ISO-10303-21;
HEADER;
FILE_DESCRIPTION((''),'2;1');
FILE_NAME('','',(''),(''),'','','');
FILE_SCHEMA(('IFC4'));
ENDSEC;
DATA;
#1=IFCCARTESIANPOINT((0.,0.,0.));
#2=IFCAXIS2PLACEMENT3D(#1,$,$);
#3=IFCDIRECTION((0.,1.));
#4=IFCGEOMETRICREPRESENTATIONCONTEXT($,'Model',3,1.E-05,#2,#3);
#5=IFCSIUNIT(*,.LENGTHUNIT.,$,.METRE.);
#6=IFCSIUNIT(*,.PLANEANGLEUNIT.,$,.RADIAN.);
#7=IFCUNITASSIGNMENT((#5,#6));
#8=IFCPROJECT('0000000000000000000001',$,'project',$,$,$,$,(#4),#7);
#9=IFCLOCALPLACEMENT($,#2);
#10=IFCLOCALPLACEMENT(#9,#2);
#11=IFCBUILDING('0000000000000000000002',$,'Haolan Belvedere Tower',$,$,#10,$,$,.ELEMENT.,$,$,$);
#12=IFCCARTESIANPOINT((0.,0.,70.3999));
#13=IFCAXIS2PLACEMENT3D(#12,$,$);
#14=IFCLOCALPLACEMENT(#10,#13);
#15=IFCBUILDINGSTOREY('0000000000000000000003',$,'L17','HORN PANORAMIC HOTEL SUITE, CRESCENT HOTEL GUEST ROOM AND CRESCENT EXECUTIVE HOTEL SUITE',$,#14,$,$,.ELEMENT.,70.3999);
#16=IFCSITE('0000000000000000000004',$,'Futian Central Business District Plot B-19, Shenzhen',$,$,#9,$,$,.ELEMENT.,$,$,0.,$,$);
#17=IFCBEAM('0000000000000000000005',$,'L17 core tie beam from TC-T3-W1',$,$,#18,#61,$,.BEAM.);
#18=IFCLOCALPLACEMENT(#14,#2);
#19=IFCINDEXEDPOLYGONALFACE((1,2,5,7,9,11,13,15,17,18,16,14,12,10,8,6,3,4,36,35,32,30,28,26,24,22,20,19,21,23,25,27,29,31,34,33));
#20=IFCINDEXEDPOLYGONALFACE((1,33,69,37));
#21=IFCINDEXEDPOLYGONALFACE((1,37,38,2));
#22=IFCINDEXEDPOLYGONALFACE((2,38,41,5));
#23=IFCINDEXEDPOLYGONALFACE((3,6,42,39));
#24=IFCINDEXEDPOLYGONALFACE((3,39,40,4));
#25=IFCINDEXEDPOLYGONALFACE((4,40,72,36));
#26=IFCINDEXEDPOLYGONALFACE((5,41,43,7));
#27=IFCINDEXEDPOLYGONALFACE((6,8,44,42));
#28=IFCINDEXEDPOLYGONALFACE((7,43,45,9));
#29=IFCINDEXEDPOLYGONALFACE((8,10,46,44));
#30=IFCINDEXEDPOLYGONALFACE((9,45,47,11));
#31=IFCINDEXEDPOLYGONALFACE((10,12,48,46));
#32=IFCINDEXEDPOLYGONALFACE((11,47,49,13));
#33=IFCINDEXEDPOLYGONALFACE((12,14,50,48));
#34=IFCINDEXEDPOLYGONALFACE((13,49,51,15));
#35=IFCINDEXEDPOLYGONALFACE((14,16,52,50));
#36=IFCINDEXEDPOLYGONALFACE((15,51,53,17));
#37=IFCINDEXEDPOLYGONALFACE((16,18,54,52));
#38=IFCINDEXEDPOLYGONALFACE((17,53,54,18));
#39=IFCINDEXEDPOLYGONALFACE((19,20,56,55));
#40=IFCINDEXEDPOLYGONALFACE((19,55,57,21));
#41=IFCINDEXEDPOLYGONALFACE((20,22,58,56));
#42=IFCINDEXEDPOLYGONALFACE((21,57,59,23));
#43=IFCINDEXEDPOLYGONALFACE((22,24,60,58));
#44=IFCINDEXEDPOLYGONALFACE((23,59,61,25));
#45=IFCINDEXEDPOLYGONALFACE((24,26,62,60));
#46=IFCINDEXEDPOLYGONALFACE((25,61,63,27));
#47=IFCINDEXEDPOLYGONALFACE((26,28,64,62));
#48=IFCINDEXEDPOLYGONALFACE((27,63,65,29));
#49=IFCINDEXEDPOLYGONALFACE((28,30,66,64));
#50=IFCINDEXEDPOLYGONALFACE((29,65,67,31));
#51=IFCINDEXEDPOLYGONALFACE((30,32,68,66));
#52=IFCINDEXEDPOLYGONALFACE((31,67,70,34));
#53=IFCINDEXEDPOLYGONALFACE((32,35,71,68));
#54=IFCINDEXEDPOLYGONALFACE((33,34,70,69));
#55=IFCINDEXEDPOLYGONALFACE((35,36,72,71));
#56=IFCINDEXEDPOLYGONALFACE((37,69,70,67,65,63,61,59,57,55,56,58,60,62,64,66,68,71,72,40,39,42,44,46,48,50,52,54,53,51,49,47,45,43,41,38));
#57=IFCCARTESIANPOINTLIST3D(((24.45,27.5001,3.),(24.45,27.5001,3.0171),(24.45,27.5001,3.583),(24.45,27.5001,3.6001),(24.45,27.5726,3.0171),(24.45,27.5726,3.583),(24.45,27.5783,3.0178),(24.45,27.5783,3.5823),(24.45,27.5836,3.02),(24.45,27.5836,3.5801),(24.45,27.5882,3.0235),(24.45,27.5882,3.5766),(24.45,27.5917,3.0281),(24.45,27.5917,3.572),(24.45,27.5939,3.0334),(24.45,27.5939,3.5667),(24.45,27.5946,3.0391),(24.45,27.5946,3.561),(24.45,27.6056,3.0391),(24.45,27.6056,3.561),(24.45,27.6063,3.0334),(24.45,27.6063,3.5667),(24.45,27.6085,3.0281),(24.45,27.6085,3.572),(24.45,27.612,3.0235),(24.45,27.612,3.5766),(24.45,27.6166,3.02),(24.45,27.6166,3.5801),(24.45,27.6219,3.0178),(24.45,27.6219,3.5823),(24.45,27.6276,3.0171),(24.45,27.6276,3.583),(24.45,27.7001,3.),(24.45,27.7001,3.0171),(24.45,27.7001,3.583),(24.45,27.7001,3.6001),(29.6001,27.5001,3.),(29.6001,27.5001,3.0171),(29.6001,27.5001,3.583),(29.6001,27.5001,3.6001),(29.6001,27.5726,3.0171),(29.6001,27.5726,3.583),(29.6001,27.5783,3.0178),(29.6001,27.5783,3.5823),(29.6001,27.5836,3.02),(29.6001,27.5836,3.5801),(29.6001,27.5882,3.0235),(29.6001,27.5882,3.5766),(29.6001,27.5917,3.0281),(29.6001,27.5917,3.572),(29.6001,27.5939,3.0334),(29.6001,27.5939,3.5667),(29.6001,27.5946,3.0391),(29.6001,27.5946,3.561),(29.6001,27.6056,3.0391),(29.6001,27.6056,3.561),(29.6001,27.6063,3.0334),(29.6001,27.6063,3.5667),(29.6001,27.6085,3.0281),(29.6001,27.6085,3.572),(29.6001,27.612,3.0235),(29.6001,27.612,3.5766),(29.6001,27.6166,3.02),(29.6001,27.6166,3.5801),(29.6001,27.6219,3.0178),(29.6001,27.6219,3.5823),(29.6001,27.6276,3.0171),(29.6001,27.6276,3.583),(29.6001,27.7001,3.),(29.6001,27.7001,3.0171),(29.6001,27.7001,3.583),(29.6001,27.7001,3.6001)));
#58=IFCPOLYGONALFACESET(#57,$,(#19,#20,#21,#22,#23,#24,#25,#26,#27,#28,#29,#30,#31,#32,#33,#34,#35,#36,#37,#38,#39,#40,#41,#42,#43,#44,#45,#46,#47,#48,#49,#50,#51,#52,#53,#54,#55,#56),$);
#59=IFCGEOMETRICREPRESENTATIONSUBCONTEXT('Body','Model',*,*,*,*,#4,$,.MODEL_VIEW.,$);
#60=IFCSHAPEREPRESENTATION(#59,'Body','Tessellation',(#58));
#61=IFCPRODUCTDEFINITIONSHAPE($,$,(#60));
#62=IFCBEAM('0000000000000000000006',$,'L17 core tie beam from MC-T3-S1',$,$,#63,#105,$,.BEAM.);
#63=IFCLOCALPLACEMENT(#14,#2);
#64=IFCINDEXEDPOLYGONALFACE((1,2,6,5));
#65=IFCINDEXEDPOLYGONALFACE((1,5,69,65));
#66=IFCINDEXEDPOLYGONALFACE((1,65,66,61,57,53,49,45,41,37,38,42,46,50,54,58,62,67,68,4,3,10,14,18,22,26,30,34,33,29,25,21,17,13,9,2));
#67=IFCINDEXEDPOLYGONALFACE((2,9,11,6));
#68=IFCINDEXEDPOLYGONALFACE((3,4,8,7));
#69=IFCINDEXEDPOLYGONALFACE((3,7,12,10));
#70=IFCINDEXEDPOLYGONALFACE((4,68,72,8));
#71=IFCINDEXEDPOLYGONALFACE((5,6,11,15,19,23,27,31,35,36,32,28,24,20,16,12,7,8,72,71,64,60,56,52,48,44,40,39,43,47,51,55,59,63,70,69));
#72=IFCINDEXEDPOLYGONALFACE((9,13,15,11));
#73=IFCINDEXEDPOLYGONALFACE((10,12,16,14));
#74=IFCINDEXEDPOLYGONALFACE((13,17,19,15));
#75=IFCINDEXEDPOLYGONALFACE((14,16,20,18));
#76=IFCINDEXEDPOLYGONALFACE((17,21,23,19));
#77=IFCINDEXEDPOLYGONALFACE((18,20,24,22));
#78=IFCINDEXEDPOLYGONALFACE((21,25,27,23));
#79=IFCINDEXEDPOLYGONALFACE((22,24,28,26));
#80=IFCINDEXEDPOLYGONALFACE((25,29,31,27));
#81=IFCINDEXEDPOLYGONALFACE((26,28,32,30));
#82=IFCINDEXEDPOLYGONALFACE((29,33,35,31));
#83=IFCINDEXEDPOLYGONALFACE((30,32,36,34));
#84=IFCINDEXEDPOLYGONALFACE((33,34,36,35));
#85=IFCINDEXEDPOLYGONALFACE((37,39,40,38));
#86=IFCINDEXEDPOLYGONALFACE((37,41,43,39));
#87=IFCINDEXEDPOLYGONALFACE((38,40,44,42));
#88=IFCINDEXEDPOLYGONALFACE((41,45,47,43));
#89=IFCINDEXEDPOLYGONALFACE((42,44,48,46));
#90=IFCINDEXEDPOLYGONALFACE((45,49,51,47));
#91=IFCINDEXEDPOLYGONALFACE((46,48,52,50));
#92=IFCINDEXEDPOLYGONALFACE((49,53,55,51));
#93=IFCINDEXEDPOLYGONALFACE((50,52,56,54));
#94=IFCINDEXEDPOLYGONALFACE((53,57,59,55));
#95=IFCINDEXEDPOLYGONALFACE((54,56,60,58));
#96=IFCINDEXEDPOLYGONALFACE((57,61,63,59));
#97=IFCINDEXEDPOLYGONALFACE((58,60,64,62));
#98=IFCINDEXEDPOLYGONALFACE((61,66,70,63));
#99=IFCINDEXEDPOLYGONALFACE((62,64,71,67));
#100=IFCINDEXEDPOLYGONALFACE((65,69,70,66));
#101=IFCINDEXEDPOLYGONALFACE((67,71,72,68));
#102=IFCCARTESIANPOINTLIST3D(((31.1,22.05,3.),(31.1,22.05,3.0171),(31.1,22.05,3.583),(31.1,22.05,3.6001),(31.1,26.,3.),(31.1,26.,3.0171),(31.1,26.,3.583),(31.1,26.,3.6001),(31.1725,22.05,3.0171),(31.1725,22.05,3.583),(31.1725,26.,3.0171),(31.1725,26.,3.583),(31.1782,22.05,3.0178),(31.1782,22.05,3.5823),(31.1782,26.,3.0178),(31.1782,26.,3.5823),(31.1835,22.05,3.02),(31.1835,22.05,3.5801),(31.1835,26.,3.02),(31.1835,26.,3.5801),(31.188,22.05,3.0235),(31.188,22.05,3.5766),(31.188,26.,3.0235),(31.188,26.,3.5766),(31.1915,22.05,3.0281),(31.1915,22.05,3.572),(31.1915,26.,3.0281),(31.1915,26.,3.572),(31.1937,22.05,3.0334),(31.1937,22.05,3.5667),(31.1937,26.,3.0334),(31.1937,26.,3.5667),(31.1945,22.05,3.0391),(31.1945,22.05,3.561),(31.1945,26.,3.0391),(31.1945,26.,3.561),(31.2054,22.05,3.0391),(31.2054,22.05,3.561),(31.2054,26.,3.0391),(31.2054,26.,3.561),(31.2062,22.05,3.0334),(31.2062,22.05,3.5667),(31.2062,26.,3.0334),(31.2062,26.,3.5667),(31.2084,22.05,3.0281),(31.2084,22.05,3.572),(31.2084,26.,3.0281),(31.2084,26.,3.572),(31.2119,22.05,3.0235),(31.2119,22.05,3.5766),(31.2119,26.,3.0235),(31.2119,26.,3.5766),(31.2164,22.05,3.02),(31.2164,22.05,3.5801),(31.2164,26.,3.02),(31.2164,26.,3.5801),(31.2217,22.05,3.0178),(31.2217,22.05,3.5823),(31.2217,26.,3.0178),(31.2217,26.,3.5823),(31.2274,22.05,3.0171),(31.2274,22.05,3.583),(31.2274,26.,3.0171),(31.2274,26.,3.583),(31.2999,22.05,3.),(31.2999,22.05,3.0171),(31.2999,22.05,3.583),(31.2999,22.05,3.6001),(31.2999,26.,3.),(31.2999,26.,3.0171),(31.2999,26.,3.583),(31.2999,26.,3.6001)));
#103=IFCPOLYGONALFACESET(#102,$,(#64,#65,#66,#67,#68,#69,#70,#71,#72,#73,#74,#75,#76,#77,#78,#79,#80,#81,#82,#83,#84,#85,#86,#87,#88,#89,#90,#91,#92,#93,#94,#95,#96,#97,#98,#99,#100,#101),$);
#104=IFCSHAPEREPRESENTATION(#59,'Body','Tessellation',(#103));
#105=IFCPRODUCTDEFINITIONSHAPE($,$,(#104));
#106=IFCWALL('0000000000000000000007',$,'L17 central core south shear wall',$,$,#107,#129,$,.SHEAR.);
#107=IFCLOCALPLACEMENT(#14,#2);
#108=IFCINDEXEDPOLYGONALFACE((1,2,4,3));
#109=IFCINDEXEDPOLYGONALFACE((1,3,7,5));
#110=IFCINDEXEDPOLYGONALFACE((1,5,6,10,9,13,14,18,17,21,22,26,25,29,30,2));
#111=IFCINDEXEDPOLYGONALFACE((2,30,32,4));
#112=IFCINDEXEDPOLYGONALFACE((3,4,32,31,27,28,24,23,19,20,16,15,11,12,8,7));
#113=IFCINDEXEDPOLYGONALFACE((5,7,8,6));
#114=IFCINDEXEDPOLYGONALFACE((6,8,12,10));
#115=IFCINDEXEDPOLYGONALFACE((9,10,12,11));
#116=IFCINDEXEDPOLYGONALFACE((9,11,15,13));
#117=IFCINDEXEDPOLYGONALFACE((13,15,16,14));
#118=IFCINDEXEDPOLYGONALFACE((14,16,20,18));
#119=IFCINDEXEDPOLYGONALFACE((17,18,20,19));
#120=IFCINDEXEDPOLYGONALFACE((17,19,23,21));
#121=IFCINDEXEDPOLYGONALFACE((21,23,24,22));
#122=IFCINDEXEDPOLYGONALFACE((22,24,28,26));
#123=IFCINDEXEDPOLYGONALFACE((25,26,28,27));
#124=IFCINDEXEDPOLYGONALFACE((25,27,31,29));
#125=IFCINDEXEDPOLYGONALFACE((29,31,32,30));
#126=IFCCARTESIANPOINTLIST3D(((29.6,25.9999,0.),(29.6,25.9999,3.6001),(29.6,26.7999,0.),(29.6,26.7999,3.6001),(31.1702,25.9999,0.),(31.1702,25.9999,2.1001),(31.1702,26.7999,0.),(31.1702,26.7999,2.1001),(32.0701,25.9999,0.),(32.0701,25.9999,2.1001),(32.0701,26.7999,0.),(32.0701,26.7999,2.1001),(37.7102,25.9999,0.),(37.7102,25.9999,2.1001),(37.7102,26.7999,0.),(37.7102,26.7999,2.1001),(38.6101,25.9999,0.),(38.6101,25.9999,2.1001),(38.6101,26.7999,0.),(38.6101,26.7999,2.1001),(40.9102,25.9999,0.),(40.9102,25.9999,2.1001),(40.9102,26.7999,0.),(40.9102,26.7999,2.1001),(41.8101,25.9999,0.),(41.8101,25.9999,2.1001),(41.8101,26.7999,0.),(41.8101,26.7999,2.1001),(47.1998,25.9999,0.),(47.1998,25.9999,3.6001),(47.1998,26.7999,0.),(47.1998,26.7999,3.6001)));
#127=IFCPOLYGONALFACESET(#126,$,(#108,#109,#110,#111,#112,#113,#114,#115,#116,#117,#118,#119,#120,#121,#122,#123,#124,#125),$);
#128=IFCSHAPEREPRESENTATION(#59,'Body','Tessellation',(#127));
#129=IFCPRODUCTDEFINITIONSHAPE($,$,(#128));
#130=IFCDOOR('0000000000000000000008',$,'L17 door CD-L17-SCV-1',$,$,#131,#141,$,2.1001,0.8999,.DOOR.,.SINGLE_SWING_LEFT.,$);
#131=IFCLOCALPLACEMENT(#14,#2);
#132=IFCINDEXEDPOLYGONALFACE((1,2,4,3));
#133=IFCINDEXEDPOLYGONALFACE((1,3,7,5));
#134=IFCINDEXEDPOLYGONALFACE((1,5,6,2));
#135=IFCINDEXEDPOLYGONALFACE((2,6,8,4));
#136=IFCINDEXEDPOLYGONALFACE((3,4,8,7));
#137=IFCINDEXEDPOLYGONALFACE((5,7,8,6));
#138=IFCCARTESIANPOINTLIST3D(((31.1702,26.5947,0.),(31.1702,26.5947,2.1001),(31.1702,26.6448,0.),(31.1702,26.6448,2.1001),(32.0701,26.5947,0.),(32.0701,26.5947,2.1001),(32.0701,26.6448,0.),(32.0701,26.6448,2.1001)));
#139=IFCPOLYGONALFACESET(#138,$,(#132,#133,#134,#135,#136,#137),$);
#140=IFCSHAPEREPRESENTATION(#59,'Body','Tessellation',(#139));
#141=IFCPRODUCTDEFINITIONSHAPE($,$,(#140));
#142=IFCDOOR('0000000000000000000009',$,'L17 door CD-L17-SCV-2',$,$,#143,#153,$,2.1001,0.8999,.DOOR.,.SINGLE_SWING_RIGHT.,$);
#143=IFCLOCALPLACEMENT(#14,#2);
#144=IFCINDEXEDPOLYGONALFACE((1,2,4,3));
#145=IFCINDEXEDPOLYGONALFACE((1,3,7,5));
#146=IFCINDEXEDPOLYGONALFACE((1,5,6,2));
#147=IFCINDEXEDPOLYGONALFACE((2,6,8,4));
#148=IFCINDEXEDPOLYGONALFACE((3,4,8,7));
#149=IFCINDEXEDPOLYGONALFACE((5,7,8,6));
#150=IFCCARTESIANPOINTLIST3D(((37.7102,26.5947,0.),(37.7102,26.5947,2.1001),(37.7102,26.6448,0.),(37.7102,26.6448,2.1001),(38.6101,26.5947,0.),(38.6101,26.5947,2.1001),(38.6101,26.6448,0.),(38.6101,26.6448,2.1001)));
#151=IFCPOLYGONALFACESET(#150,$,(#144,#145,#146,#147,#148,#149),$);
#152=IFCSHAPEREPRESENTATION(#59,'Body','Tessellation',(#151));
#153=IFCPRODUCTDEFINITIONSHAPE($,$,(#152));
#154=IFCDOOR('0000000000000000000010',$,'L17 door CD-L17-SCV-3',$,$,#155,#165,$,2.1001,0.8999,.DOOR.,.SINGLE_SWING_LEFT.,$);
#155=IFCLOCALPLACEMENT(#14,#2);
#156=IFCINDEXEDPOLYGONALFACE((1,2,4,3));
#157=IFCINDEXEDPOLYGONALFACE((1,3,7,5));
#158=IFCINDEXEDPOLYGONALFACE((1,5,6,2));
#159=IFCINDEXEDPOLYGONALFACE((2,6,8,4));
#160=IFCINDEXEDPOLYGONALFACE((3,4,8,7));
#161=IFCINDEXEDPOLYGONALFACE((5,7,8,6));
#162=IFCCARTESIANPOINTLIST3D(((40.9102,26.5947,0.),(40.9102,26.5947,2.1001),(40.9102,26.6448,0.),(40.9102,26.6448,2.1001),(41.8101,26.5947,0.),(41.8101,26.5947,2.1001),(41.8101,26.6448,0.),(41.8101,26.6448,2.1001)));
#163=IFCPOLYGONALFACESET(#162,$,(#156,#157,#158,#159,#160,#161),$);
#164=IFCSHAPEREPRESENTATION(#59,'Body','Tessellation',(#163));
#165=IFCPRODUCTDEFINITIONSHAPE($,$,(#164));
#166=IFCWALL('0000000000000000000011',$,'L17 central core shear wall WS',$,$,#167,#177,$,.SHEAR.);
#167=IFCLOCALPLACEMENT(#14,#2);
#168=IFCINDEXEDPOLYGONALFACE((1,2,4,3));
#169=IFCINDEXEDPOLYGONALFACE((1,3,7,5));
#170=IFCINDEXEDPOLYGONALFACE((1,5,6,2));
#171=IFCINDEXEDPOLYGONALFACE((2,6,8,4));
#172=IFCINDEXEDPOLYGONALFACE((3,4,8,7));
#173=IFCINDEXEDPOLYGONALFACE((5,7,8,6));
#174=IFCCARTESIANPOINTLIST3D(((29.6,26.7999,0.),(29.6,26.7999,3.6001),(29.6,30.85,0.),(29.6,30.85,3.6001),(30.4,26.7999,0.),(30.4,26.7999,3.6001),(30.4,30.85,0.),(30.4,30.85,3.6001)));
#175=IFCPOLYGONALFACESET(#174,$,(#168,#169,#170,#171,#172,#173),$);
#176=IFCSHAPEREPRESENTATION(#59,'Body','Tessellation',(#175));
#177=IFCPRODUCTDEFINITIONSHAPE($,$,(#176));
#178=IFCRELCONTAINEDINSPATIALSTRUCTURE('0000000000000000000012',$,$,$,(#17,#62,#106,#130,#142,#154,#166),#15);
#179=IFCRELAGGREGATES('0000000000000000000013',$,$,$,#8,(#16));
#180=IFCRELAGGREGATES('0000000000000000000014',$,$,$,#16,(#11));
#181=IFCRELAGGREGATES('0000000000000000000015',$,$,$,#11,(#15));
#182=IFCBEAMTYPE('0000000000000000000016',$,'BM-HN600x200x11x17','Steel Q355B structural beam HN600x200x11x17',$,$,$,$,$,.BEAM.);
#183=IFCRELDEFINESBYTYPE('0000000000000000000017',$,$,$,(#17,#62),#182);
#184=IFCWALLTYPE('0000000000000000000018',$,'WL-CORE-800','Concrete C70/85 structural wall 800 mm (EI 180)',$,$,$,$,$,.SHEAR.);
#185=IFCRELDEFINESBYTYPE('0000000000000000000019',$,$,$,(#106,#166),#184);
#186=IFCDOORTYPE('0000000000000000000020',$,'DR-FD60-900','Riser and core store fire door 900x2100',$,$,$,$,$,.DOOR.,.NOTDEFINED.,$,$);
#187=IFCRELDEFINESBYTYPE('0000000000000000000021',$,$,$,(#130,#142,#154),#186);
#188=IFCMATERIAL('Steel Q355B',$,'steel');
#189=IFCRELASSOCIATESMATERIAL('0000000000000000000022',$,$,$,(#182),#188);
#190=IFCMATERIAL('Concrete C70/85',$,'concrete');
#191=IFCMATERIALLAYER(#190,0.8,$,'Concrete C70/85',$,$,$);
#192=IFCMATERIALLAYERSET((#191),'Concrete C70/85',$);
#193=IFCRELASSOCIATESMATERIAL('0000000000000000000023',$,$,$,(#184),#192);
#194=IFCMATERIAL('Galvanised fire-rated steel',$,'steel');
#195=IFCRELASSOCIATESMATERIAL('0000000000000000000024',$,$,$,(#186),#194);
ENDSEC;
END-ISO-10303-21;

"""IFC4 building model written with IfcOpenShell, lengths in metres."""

from ifc_helpers import new_model, si_unit, direction, frame, frame_2d, origin, origin_2d, place, context, subcontext, project, spatial, rectangle, i_section, extrude, material, layer, layer_set, material_profile, profile_set, type_object, element, fill, save


model = new_model("IFC4")

# Units and contexts
model_context = context("Model", 3, precision=1e-05, world=origin(), true_north=direction((0.0, 1.0)))
body_context = subcontext(model_context, "Body", "Model", "MODEL_VIEW")
ifc_project = project(units=[si_unit("LENGTHUNIT", "METRE"), si_unit("PLANEANGLEUNIT", "RADIAN")], contexts=[model_context])

# Site, building, storey
site_placement = place(None, origin())
site = spatial("IfcSite", under=ifc_project, at=site_placement, Name="Futian Central Business District Plot B-19, Shenzhen", CompositionType="ELEMENT", RefElevation=0.0)
building_placement = place(site_placement, origin())
building = spatial("IfcBuilding", under=site, at=building_placement, Name="Haolan Belvedere Tower", CompositionType="ELEMENT")
storey_placement = place(building_placement, frame((0.0, 0.0, 70.3999)))
storey = spatial("IfcBuildingStorey", under=building, at=storey_placement, Name="L17", Description="HORN PANORAMIC HOTEL SUITE, CRESCENT HOTEL GUEST ROOM AND CRESCENT EXECUTIVE HOTEL SUITE", CompositionType="ELEMENT", Elevation=70.3999)

# Shared definitions
ifc_material_1 = material(Name="Steel Q355B", Category="steel")

# Beams
ifc_material_profile_1 = material_profile(ifc_material_1, i_section(OverallWidth=0.2, OverallDepth=0.6001, WebThickness=0.011, FlangeThickness=0.0171, FilletRadius=0.022, at=origin_2d()), Name="Steel Q355B")
ifc_profile_set_1 = profile_set([ifc_material_profile_1], Name="Steel Q355B")
beam_type_1 = type_object("IfcBeamType", Name="BM-HN600x200x11x17", Description="Steel Q355B structural beam HN600x200x11x17", PredefinedType="BEAM", material=ifc_profile_set_1)
beam_1_placement = place(storey_placement, frame((24.45, 27.6001, 3.3), z_axis=(1.0, 0.0, 0.0), x_axis=(0.0, 1.0, 0.0)))
element("IfcBeam", 1, at=beam_1_placement, inside=storey, type_object=beam_type_1, Name="L17 core tie beam from TC-T3-W1", PredefinedType="BEAM", context=body_context, shape_type="SweptSolid", body=[
    extrude(i_section(OverallWidth=0.2, OverallDepth=0.6001, WebThickness=0.011, FlangeThickness=0.0171, FilletRadius=0.022, at=origin_2d()), origin(), (0.0, 0.0, 1.0), 5.1501),
])
beam_2_placement = place(storey_placement, frame((31.2, 22.05, 3.3), z_axis=(0.0, 1.0, 0.0), x_axis=(-1.0, 0.0, 0.0)))
element("IfcBeam", 2, at=beam_2_placement, inside=storey, type_object=beam_type_1, Name="L17 core tie beam from MC-T3-S1", PredefinedType="BEAM", context=body_context, shape_type="SweptSolid", body=[
    extrude(i_section(OverallWidth=0.2, OverallDepth=0.6001, WebThickness=0.011, FlangeThickness=0.0171, FilletRadius=0.022, at=origin_2d()), origin(), (0.0, 0.0, 1.0), 3.95),
])

# Wall, openings, doors
ifc_material_2 = material(Name="Concrete C70/85", Category="concrete")
ifc_layer_1 = layer(ifc_material_2, 0.8, Name="Concrete C70/85")
ifc_layer_set_1 = layer_set([ifc_layer_1], Name="Concrete C70/85")
wall_type_1 = type_object("IfcWallType", Name="WL-CORE-800", Description="Concrete C70/85 structural wall 800 mm (EI 180)", PredefinedType="SHEAR", material=ifc_layer_set_1)
wall_1_placement = place(storey_placement, frame((29.6001, 26.3999, 0.0), z_axis=(0.0, 0.0, 1.0), x_axis=(1.0, 0.0, 0.0)))
wall_1 = element("IfcWall", 3, at=wall_1_placement, inside=storey, type_object=wall_type_1, Name="L17 central core south shear wall", PredefinedType="SHEAR", context=body_context, shape_type="SweptSolid", body=[
    extrude(rectangle(XDim=17.5999, YDim=0.8, at=frame_2d((8.7998, 0.0))), origin(), (0.0, 0.0, 1.0), 3.6001),
])
opening_1_placement = place(wall_1_placement, frame((2.47, 0.0, 0.0), z_axis=(0.0, 0.0, 1.0), x_axis=(-1.0, 0.0, 0.0)))
opening_1 = element("IfcOpeningElement", 4, at=opening_1_placement, cuts=wall_1, PredefinedType="OPENING", context=body_context, shape_type="SweptSolid", body=[
    extrude(rectangle(XDim=0.8999, YDim=2.1001, at=frame_2d((0.45, 1.05))), frame((0.0, 0.4099, 0.0), z_axis=(0.0, -1.0, 0.0), x_axis=(1.0, 0.0, 0.0)), (0.0, 0.0, 1.0), 0.8201),
])
opening_2_placement = place(wall_1_placement, frame((9.01, 0.0, 0.0), z_axis=(0.0, 0.0, 1.0), x_axis=(-1.0, 0.0, 0.0)))
opening_2 = element("IfcOpeningElement", 5, at=opening_2_placement, cuts=wall_1, PredefinedType="OPENING", context=body_context, shape_type="SweptSolid", body=[
    extrude(rectangle(XDim=0.8999, YDim=2.1001, at=frame_2d((0.45, 1.05))), frame((0.0, 0.4099, 0.0), z_axis=(0.0, -1.0, 0.0), x_axis=(1.0, 0.0, 0.0)), (0.0, 0.0, 1.0), 0.8201),
])
opening_3_placement = place(wall_1_placement, frame((12.21, 0.0, 0.0), z_axis=(0.0, 0.0, 1.0), x_axis=(-1.0, 0.0, 0.0)))
opening_3 = element("IfcOpeningElement", 6, at=opening_3_placement, cuts=wall_1, PredefinedType="OPENING", context=body_context, shape_type="SweptSolid", body=[
    extrude(rectangle(XDim=0.8999, YDim=2.1001, at=frame_2d((0.45, 1.05))), frame((0.0, 0.4099, 0.0), z_axis=(0.0, -1.0, 0.0), x_axis=(1.0, 0.0, 0.0)), (0.0, 0.0, 1.0), 0.8201),
])
ifc_material_3 = material(Name="Galvanised fire-rated steel", Category="steel")
door_type_1 = type_object("IfcDoorType", Name="DR-FD60-900", Description="Riser and core store fire door 900x2100", OperationType="NOTDEFINED", PredefinedType="DOOR", material=ifc_material_3)
door_1_placement = place(opening_1_placement, origin())
door_1 = element("IfcDoor", 7, at=door_1_placement, inside=storey, type_object=door_type_1, Name="L17 door CD-L17-SCV-1", OperationType="SINGLE_SWING_LEFT", OverallHeight=2.1001, OverallWidth=0.8999, PredefinedType="DOOR", context=body_context, shape_type="SweptSolid", body=[
    extrude(rectangle(XDim=0.8999, YDim=2.1001, at=frame_2d((0.45, 1.05))), frame((0.0, -0.1948, 0.0), z_axis=(0.0, -1.0, 0.0), x_axis=(1.0, 0.0, 0.0)), (0.0, 0.0, 1.0), 0.05),
])
fill(opening_1, door_1)
door_2_placement = place(opening_2_placement, origin())
door_2 = element("IfcDoor", 8, at=door_2_placement, inside=storey, type_object=door_type_1, Name="L17 door CD-L17-SCV-2", OperationType="SINGLE_SWING_RIGHT", OverallHeight=2.1001, OverallWidth=0.8999, PredefinedType="DOOR", context=body_context, shape_type="SweptSolid", body=[
    extrude(rectangle(XDim=0.8999, YDim=2.1001, at=frame_2d((0.45, 1.05))), frame((0.0, -0.1948, 0.0), z_axis=(0.0, -1.0, 0.0), x_axis=(1.0, 0.0, 0.0)), (0.0, 0.0, 1.0), 0.05),
])
fill(opening_2, door_2)
door_3_placement = place(opening_3_placement, origin())
door_3 = element("IfcDoor", 9, at=door_3_placement, inside=storey, type_object=door_type_1, Name="L17 door CD-L17-SCV-3", OperationType="SINGLE_SWING_LEFT", OverallHeight=2.1001, OverallWidth=0.8999, PredefinedType="DOOR", context=body_context, shape_type="SweptSolid", body=[
    extrude(rectangle(XDim=0.8999, YDim=2.1001, at=frame_2d((0.45, 1.05))), frame((0.0, -0.1948, 0.0), z_axis=(0.0, -1.0, 0.0), x_axis=(1.0, 0.0, 0.0)), (0.0, 0.0, 1.0), 0.05),
])
fill(opening_3, door_3)

# Wall
wall_2_placement = place(storey_placement, frame((30.0, 26.8, 0.0), z_axis=(0.0, 0.0, 1.0), x_axis=(0.0, 1.0, 0.0)))
element("IfcWall", 10, at=wall_2_placement, inside=storey, type_object=wall_type_1, Name="L17 central core shear wall WS", PredefinedType="SHEAR", context=body_context, shape_type="SweptSolid", body=[
    extrude(rectangle(XDim=4.05, YDim=0.8, at=frame_2d((2.0249, 0.0))), origin(), (0.0, 0.0, 1.0), 3.6001),
])

save(model, "model.ifc")
